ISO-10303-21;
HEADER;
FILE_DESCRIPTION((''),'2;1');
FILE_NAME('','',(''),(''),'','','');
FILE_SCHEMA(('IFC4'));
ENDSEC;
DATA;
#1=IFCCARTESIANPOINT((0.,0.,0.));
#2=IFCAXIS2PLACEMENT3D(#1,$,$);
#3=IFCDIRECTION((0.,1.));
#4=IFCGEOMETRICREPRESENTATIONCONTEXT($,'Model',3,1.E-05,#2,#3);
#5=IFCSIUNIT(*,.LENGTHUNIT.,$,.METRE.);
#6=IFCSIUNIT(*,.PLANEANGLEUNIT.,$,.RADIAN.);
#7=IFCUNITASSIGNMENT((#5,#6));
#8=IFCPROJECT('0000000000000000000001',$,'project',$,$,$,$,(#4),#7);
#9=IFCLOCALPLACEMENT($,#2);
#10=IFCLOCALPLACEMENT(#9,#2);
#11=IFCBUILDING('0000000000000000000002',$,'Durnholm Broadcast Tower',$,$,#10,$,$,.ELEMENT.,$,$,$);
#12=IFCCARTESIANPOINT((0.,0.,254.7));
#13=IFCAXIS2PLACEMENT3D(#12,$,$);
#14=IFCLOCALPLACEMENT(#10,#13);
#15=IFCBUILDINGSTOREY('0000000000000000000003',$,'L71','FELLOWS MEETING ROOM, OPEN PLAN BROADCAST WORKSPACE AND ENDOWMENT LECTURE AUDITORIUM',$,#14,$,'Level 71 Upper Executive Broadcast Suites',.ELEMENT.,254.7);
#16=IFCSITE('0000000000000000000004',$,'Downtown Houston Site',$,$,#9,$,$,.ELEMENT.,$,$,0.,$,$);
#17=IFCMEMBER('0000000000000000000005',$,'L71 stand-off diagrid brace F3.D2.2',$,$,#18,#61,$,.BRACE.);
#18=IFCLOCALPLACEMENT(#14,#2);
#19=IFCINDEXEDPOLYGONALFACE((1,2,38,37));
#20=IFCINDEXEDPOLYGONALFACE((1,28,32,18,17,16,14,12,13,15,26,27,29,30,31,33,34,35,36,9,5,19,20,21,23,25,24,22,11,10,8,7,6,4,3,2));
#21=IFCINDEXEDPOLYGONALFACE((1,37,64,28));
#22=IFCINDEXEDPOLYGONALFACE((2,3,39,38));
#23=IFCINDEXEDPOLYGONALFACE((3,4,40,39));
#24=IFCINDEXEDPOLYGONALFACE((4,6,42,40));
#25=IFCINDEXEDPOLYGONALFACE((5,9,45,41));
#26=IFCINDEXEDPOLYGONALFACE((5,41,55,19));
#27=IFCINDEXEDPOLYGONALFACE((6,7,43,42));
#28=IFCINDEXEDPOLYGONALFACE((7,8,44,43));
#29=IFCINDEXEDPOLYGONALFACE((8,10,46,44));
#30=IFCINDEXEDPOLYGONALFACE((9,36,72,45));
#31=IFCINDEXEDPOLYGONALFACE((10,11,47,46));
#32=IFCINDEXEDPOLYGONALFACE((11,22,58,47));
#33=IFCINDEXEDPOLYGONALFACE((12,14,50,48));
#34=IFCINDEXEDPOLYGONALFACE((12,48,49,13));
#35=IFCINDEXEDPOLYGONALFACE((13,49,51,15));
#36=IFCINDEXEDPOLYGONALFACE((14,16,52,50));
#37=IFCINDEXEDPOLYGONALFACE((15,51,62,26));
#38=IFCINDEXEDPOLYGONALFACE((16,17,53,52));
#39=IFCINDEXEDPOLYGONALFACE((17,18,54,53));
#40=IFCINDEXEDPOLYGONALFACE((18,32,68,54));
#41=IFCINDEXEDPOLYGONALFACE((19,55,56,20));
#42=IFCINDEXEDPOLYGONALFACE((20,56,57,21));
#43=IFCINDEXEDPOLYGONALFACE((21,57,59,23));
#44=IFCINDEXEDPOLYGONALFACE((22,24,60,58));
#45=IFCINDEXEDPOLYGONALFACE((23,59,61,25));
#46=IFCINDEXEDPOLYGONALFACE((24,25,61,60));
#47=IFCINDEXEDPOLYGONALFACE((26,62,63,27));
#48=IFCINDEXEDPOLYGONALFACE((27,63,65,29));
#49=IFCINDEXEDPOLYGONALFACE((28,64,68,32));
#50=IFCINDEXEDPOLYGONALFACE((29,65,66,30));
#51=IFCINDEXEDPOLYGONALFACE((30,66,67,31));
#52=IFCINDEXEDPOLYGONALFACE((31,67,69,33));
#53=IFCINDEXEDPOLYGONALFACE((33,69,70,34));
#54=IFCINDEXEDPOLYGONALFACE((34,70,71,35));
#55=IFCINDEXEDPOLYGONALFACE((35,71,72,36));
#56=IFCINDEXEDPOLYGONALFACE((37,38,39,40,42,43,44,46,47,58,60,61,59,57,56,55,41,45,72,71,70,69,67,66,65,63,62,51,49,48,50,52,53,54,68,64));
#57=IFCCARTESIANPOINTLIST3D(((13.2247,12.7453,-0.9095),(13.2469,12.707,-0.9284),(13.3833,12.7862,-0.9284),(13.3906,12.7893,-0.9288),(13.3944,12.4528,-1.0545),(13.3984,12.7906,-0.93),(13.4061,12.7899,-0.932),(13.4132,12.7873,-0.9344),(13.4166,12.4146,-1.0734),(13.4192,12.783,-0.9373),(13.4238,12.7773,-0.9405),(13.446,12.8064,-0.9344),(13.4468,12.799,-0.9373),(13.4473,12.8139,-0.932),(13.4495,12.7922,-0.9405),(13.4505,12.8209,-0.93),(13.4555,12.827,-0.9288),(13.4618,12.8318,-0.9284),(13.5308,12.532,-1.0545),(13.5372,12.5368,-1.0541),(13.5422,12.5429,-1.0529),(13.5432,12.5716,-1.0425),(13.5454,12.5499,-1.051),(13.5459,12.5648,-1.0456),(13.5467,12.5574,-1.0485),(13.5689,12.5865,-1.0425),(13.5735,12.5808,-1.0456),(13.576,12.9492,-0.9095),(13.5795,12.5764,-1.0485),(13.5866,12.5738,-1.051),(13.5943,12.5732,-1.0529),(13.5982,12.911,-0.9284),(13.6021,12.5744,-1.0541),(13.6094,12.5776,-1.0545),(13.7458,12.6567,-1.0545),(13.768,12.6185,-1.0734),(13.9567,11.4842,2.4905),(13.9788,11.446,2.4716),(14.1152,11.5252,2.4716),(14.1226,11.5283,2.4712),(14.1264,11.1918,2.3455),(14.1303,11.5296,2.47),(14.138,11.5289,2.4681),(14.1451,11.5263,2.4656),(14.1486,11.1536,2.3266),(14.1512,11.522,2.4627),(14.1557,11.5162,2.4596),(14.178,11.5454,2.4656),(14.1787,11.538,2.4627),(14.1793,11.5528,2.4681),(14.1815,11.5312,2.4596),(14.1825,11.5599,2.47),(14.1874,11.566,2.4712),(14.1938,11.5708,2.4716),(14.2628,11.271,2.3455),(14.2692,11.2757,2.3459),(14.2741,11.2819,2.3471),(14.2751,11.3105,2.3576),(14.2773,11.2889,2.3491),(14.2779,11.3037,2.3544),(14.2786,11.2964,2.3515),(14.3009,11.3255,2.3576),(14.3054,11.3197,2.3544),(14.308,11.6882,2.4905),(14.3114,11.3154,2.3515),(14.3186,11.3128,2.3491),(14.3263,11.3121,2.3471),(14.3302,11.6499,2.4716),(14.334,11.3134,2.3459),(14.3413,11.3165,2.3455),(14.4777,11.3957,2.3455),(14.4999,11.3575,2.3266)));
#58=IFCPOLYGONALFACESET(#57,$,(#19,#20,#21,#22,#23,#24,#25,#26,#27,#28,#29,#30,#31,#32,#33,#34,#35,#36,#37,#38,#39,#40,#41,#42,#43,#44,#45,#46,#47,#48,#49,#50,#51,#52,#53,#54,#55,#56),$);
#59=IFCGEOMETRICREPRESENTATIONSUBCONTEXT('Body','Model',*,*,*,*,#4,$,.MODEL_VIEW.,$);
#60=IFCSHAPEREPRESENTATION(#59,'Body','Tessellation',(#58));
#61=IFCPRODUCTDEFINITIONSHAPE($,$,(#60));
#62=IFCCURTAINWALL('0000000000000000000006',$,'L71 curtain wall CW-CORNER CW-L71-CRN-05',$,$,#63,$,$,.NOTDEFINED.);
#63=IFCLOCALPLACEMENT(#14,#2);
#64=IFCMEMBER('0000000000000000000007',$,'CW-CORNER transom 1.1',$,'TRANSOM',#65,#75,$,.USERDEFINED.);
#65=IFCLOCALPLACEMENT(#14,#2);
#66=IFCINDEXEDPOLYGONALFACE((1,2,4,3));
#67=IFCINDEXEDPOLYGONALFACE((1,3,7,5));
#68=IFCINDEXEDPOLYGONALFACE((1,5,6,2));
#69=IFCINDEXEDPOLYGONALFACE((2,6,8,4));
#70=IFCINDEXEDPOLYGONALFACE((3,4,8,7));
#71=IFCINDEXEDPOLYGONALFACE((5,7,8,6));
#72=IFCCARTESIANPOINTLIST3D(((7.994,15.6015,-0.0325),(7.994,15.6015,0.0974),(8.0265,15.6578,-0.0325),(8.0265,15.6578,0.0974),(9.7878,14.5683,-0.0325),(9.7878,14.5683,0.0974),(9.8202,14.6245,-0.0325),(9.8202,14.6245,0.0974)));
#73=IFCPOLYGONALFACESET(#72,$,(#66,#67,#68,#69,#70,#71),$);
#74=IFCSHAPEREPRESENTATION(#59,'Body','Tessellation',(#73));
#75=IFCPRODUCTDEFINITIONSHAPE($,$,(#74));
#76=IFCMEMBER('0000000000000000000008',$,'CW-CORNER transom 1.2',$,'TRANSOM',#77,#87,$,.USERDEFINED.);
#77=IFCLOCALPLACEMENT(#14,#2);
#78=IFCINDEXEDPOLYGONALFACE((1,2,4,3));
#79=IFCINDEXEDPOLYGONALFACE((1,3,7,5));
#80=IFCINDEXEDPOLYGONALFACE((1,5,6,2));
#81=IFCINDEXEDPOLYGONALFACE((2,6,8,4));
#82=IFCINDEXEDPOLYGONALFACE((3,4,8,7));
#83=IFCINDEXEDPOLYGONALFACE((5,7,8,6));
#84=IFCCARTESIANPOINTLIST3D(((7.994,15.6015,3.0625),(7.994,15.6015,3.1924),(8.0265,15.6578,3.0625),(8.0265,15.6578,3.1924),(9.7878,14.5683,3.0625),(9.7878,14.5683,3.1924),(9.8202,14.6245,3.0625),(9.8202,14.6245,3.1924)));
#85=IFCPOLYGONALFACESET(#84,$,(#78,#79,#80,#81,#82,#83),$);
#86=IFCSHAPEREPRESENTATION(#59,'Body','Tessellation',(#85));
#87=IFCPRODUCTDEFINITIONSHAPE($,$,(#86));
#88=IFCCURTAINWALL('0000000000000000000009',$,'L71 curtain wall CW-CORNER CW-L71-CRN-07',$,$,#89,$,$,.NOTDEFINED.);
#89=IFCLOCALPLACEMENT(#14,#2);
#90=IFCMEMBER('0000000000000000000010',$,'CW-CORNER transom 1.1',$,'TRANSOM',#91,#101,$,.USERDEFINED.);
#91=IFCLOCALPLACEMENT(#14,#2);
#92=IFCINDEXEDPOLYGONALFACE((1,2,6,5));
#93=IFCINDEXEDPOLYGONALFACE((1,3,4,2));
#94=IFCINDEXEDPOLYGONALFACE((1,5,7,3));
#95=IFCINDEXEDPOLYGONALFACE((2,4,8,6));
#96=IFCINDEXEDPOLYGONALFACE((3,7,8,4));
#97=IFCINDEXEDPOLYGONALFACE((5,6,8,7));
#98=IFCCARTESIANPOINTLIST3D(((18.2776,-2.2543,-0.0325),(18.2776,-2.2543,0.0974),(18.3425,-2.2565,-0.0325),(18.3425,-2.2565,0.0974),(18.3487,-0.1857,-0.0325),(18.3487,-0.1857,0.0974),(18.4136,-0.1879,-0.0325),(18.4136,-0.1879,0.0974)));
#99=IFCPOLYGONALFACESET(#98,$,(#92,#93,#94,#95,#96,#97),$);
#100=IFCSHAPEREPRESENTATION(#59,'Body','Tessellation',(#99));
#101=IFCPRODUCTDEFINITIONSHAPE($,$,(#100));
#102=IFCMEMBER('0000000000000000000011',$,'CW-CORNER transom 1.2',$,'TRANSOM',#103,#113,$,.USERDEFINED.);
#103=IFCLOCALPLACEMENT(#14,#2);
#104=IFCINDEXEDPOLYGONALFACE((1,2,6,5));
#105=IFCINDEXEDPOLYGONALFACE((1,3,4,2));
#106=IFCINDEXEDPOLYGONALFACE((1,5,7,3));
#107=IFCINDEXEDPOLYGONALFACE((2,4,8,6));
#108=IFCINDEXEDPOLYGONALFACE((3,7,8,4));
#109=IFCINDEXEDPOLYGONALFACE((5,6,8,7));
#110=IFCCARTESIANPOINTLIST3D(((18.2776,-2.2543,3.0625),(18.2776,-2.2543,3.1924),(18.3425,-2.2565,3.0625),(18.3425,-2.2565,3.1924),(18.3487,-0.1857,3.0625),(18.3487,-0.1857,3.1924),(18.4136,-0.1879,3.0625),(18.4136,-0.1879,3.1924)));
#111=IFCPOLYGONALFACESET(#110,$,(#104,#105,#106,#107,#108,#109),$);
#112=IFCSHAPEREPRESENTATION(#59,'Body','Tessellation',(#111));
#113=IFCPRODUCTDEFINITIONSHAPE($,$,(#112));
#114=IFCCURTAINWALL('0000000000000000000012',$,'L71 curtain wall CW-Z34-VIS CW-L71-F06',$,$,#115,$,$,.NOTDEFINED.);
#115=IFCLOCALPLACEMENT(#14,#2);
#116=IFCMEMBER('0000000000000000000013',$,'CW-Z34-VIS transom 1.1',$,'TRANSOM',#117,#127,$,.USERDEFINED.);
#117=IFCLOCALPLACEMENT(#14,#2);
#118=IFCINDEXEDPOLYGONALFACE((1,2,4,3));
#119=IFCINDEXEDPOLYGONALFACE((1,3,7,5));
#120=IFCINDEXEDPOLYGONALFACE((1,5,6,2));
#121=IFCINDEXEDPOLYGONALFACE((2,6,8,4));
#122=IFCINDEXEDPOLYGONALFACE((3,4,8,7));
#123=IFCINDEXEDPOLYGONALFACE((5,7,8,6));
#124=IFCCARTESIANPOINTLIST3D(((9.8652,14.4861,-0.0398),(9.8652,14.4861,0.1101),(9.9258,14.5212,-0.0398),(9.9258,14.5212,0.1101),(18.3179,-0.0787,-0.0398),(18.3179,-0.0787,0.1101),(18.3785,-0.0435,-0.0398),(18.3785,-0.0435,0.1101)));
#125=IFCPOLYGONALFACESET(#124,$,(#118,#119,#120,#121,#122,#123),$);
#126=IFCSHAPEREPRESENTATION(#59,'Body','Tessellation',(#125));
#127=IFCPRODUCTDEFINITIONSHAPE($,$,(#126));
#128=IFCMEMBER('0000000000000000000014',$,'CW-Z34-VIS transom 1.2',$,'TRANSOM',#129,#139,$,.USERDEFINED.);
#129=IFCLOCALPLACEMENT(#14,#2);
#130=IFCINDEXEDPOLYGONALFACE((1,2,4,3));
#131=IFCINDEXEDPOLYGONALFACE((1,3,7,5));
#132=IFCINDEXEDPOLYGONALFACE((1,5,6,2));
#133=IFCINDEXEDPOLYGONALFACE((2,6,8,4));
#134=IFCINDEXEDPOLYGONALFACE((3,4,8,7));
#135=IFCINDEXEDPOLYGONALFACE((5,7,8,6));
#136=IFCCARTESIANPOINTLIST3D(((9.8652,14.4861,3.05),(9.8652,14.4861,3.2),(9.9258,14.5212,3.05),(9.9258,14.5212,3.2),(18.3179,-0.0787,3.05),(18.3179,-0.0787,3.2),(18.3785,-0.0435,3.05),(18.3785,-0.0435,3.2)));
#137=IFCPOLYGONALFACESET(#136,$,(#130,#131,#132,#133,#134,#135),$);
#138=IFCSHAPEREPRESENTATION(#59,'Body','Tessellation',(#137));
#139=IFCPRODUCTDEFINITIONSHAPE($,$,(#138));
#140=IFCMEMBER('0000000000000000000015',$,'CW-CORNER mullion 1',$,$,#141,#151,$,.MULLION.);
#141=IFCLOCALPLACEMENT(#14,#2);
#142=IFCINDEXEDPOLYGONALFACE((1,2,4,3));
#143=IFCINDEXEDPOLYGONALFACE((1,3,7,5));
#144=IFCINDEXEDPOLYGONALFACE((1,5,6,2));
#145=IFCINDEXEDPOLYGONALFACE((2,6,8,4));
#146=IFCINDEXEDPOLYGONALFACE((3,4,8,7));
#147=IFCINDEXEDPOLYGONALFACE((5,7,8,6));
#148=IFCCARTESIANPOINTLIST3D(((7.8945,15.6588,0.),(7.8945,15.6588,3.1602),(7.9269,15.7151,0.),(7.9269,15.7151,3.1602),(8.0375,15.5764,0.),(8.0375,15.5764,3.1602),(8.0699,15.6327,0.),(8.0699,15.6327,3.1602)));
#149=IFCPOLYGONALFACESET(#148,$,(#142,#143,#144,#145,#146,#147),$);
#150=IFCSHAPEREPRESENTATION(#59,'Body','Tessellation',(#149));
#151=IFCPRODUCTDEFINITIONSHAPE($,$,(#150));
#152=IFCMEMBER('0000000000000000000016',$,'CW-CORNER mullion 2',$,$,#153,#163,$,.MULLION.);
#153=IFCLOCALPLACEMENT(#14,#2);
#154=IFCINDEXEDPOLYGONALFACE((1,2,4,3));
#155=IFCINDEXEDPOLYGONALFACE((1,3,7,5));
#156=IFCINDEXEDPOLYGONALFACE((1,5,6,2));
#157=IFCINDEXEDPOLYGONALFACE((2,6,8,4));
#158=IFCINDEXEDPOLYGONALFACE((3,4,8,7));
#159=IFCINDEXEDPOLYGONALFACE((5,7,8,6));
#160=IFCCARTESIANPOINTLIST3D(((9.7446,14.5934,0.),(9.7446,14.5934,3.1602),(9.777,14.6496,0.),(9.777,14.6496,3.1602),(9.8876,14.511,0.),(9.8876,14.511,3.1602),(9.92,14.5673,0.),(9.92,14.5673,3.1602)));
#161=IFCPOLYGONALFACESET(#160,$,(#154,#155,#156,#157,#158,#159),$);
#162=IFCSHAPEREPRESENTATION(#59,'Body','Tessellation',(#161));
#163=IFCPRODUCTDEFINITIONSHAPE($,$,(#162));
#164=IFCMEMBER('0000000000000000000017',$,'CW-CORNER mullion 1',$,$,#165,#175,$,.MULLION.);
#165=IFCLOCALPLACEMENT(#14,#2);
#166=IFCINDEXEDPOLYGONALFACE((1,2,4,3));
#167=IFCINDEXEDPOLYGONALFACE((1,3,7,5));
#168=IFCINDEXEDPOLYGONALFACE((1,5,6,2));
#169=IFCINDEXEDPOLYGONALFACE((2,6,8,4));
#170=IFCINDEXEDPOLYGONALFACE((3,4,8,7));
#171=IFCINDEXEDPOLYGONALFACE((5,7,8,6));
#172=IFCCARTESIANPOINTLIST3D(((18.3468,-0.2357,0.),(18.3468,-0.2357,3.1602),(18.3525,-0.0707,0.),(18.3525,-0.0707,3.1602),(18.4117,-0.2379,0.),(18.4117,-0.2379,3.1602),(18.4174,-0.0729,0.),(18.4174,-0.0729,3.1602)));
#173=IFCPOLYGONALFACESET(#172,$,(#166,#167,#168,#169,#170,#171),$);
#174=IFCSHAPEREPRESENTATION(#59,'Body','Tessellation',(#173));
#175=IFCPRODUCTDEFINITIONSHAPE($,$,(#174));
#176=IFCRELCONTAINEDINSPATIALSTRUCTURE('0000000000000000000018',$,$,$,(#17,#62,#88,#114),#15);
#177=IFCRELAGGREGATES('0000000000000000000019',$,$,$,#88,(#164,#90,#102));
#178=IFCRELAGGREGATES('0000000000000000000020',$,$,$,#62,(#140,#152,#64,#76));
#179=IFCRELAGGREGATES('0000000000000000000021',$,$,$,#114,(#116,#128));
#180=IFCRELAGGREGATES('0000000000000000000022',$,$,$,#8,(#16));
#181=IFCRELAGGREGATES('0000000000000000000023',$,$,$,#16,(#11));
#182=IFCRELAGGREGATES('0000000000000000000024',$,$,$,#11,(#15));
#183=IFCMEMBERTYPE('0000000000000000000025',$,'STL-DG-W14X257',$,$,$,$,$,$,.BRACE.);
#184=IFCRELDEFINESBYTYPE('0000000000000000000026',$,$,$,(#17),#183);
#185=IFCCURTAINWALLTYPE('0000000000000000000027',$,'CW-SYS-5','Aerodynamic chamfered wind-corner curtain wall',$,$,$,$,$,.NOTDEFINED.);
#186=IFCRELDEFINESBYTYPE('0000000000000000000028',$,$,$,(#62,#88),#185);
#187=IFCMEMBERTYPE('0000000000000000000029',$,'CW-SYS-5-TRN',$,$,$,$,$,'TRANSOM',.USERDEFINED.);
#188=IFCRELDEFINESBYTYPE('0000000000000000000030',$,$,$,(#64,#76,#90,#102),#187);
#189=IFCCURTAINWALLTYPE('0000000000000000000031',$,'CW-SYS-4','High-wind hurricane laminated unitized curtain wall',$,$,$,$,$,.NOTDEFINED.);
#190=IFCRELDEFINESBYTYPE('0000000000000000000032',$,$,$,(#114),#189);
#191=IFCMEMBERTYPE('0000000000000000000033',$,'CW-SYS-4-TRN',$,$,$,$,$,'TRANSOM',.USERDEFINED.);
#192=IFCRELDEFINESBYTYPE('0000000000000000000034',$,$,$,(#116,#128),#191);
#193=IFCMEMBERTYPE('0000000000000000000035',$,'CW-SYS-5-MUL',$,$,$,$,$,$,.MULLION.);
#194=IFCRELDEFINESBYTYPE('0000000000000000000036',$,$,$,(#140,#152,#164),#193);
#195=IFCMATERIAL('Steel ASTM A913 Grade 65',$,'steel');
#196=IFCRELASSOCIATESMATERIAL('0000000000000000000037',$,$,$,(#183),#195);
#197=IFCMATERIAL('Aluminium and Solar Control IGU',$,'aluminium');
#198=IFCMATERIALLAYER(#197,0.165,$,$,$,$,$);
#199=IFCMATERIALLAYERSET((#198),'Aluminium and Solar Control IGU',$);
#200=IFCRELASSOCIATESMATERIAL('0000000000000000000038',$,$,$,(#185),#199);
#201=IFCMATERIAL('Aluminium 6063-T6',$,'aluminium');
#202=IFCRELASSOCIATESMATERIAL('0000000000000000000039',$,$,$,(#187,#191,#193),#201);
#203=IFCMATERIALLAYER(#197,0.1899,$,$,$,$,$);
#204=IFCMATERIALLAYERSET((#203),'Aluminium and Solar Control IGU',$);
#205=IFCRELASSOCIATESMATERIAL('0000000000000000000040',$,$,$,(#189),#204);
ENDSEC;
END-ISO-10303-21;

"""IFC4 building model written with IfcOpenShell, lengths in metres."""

from ifc_helpers import new_model, si_unit, direction, frame, origin, origin_2d, place, context, subcontext, project, spatial, rectangle, i_section, extrude, source, transform, mapped, material, layer, layer_set, material_profile, profile_set, type_object, type_shapes, element, aggregate, save


model = new_model("IFC4")

# Units and contexts
model_context = context("Model", 3, precision=1e-05, world=origin(), true_north=direction((0.0, 1.0)))
body_context = subcontext(model_context, "Body", "Model", "MODEL_VIEW")
ifc_project = project(units=[si_unit("LENGTHUNIT", "METRE"), si_unit("PLANEANGLEUNIT", "RADIAN")], contexts=[model_context])

# Site, building, storey
site_placement = place(None, origin())
site = spatial("IfcSite", under=ifc_project, at=site_placement, Name="Downtown Houston Site", CompositionType="ELEMENT", RefElevation=0.0)
building_placement = place(site_placement, origin())
building = spatial("IfcBuilding", under=site, at=building_placement, Name="Durnholm Broadcast Tower", CompositionType="ELEMENT")
storey_placement = place(building_placement, frame((0.0, 0.0, 254.7)))
storey = spatial("IfcBuildingStorey", under=building, at=storey_placement, Name="L71", Description="FELLOWS MEETING ROOM, OPEN PLAN BROADCAST WORKSPACE AND ENDOWMENT LECTURE AUDITORIUM", LongName="Level 71 Upper Executive Broadcast Suites", CompositionType="ELEMENT", Elevation=254.7)

# Member
ifc_material_1 = material(Name="Steel ASTM A913 Grade 65", Category="steel")
ifc_material_profile_1 = material_profile(ifc_material_1, i_section(OverallWidth=0.4062, OverallDepth=0.416, WebThickness=0.0298, FlangeThickness=0.0481, FilletRadius=0.0305, at=origin_2d()), Name="W14X257")
ifc_profile_set_1 = profile_set([ifc_material_profile_1], Name="Steel ASTM A913 Grade 65")
member_type_1 = type_object("IfcMemberType", Name="STL-DG-W14X257", PredefinedType="BRACE", material=ifc_profile_set_1)
shared_shape_1 = source(origin(), body_context, "Body", "SweptSolid", [
    extrude(i_section(OverallWidth=0.4062, OverallDepth=0.416, WebThickness=0.0298, FlangeThickness=0.0481, FilletRadius=0.0305, at=origin_2d()), origin(), (0.0, 0.0, 1.0), 3.6995),
])
type_shapes(member_type_1, [shared_shape_1])
for number, where, z_axis, x_axis, name in (
    (1, (13.4963, 12.6819, -0.9915), (0.197855, -0.340868, 0.919055), (0.864864, 0.502006, 0.0), "L71 stand-off diagrid brace F3.D2.2"),
):
    element("IfcMember", number, at=place(storey_placement, frame(where, z_axis=z_axis, x_axis=x_axis)), inside=storey, type_object=member_type_1, Name=name, PredefinedType="BRACE", context=body_context, shape_type="MappedRepresentation", body=[
        mapped(shared_shape_1, transform((0.0, 0.0, 0.0), x_axis=(1.0, 0.0, 0.0), y_axis=(0.0, 1.0, 0.0), z_axis=(0.0, 0.0, 1.0), scale=1.0)),
    ])

# Curtain walls, members
ifc_material_2 = material(Name="Aluminium and Solar Control IGU", Category="aluminium")
ifc_layer_1 = layer(ifc_material_2, 0.165)
ifc_layer_set_1 = layer_set([ifc_layer_1], Name="Aluminium and Solar Control IGU")
curtain_wall_type_1 = type_object("IfcCurtainWallType", Name="CW-SYS-5", Description="Aerodynamic chamfered wind-corner curtain wall", PredefinedType="NOTDEFINED", material=ifc_layer_set_1)
curtain_wall_1_placement = place(storey_placement, origin())
curtain_wall_1 = element("IfcCurtainWall", 2, at=curtain_wall_1_placement, inside=storey, type_object=curtain_wall_type_1, Name="L71 curtain wall CW-CORNER CW-L71-CRN-05", PredefinedType="NOTDEFINED")
ifc_material_3 = material(Name="Aluminium 6063-T6", Category="aluminium")
ifc_material_profile_2 = material_profile(ifc_material_3, rectangle(XDim=0.0649, YDim=0.1299, at=origin_2d()), Name="CWT65X130")
ifc_profile_set_2 = profile_set([ifc_material_profile_2], Name="Aluminium 6063-T6")
member_type_2 = type_object("IfcMemberType", Name="CW-SYS-5-TRN", ElementType="TRANSOM", PredefinedType="USERDEFINED", material=ifc_profile_set_2)
shared_shape_2 = source(origin(), body_context, "Body", "SweptSolid", [
    extrude(rectangle(XDim=0.0649, YDim=0.1299, at=origin_2d()), origin(), (0.0, 0.0, 1.0), 2.0701),
])
member_1_placement = place(storey_placement, frame((8.0103, 15.6296, 0.0325), z_axis=(0.866525, -0.499134, 0.0), x_axis=(0.499134, 0.866525, 0.0)))
member_1 = element("IfcMember", 3, at=member_1_placement, type_object=member_type_2, Name="CW-CORNER transom 1.1", ObjectType="TRANSOM", PredefinedType="USERDEFINED", context=body_context, shape_type="MappedRepresentation", body=[
    mapped(shared_shape_2, transform((0.0, 0.0, 0.0), x_axis=(1.0, 0.0, 0.0), y_axis=(0.0, 1.0, 0.0), z_axis=(0.0, 0.0, 1.0), scale=1.0)),
])
member_2_placement = place(storey_placement, frame((8.0103, 15.6296, 3.1274), z_axis=(0.866525, -0.499134, 0.0), x_axis=(0.499134, 0.866525, 0.0)))
member_2 = element("IfcMember", 4, at=member_2_placement, type_object=member_type_2, Name="CW-CORNER transom 1.2", ObjectType="TRANSOM", PredefinedType="USERDEFINED", context=body_context, shape_type="MappedRepresentation", body=[
    mapped(shared_shape_2, transform((0.0, 0.0, 0.0), x_axis=(1.0, 0.0, 0.0), y_axis=(0.0, 1.0, 0.0), z_axis=(0.0, 0.0, 1.0), scale=1.0)),
])
curtain_wall_2_placement = place(storey_placement, origin())
curtain_wall_2 = element("IfcCurtainWall", 5, at=curtain_wall_2_placement, inside=storey, type_object=curtain_wall_type_1, Name="L71 curtain wall CW-CORNER CW-L71-CRN-07", PredefinedType="NOTDEFINED")
shared_shape_3 = source(origin(), body_context, "Body", "SweptSolid", [
    extrude(rectangle(XDim=0.0649, YDim=0.1299, at=origin_2d()), origin(), (0.0, 0.0, 1.0), 2.0698),
])
type_shapes(member_type_2, [shared_shape_2, shared_shape_3])
member_3_placement = place(storey_placement, frame((18.3811, -0.1868, 0.0325), z_axis=(-0.034324, -0.999411, 0.0), x_axis=(0.999411, -0.034324, 0.0)))
member_3 = element("IfcMember", 6, at=member_3_placement, type_object=member_type_2, Name="CW-CORNER transom 1.1", ObjectType="TRANSOM", PredefinedType="USERDEFINED", context=body_context, shape_type="MappedRepresentation", body=[
    mapped(shared_shape_3, transform((0.0, 0.0, 0.0), x_axis=(1.0, 0.0, 0.0), y_axis=(0.0, 1.0, 0.0), z_axis=(0.0, 0.0, 1.0), scale=1.0)),
])
member_4_placement = place(storey_placement, frame((18.3811, -0.1868, 3.1274), z_axis=(-0.034324, -0.999411, 0.0), x_axis=(0.999411, -0.034324, 0.0)))
member_4 = element("IfcMember", 7, at=member_4_placement, type_object=member_type_2, Name="CW-CORNER transom 1.2", ObjectType="TRANSOM", PredefinedType="USERDEFINED", context=body_context, shape_type="MappedRepresentation", body=[
    mapped(shared_shape_3, transform((0.0, 0.0, 0.0), x_axis=(1.0, 0.0, 0.0), y_axis=(0.0, 1.0, 0.0), z_axis=(0.0, 0.0, 1.0), scale=1.0)),
])
ifc_layer_2 = layer(ifc_material_2, 0.1899)
ifc_layer_set_2 = layer_set([ifc_layer_2], Name="Aluminium and Solar Control IGU")
curtain_wall_type_2 = type_object("IfcCurtainWallType", Name="CW-SYS-4", Description="High-wind hurricane laminated unitized curtain wall", PredefinedType="NOTDEFINED", material=ifc_layer_set_2)
curtain_wall_3_placement = place(storey_placement, origin())
curtain_wall_3 = element("IfcCurtainWall", 8, at=curtain_wall_3_placement, inside=storey, type_object=curtain_wall_type_2, Name="L71 curtain wall CW-Z34-VIS CW-L71-F06", PredefinedType="NOTDEFINED")
ifc_material_profile_3 = material_profile(ifc_material_3, rectangle(XDim=0.0701, YDim=0.1499, at=origin_2d()), Name="CWT70X150")
ifc_profile_set_3 = profile_set([ifc_material_profile_3], Name="Aluminium 6063-T6")
member_type_3 = type_object("IfcMemberType", Name="CW-SYS-4-TRN", ElementType="TRANSOM", PredefinedType="USERDEFINED", material=ifc_profile_set_3)
shared_shape_4 = source(origin(), body_context, "Body", "SweptSolid", [
    extrude(rectangle(XDim=0.0701, YDim=0.1499, at=origin_2d()), origin(), (0.0, 0.0, 1.0), 16.8398),
])
type_shapes(member_type_3, [shared_shape_4])
member_5_placement = place(storey_placement, frame((9.8955, 14.5037, 0.0352), z_axis=(0.501945, -0.864899, 0.0), x_axis=(0.864899, 0.501945, 0.0)))
member_5 = element("IfcMember", 9, at=member_5_placement, type_object=member_type_3, Name="CW-Z34-VIS transom 1.1", ObjectType="TRANSOM", PredefinedType="USERDEFINED", context=body_context, shape_type="MappedRepresentation", body=[
    mapped(shared_shape_4, transform((0.0, 0.0, 0.0), x_axis=(1.0, 0.0, 0.0), y_axis=(0.0, 1.0, 0.0), z_axis=(0.0, 0.0, 1.0), scale=1.0)),
])
member_6_placement = place(storey_placement, frame((9.8955, 14.5037, 3.125), z_axis=(0.501945, -0.864899, 0.0), x_axis=(0.864899, 0.501945, 0.0)))
member_6 = element("IfcMember", 10, at=member_6_placement, type_object=member_type_3, Name="CW-Z34-VIS transom 1.2", ObjectType="TRANSOM", PredefinedType="USERDEFINED", context=body_context, shape_type="MappedRepresentation", body=[
    mapped(shared_shape_4, transform((0.0, 0.0, 0.0), x_axis=(1.0, 0.0, 0.0), y_axis=(0.0, 1.0, 0.0), z_axis=(0.0, 0.0, 1.0), scale=1.0)),
])

# Members
ifc_material_profile_4 = material_profile(ifc_material_3, rectangle(XDim=0.0649, YDim=0.165, at=origin_2d()), Name="CWM65X165")
ifc_profile_set_4 = profile_set([ifc_material_profile_4], Name="Aluminium 6063-T6")
member_type_4 = type_object("IfcMemberType", Name="CW-SYS-5-MUL", PredefinedType="MULLION", material=ifc_profile_set_4)
shared_shape_5 = source(origin(), body_context, "Body", "SweptSolid", [
    extrude(rectangle(XDim=0.0649, YDim=0.165, at=origin_2d()), origin(), (0.0, 0.0, 1.0), 3.1602),
])
type_shapes(member_type_4, [shared_shape_5])
member_7_placement = place(storey_placement, frame((7.9822, 15.6458, 0.0), z_axis=(0.0, 0.0, 1.0), x_axis=(0.499059, 0.866568, 0.0)))
member_7 = element("IfcMember", 11, at=member_7_placement, type_object=member_type_4, Name="CW-CORNER mullion 1", PredefinedType="MULLION", context=body_context, shape_type="MappedRepresentation", body=[
    mapped(shared_shape_5, transform((0.0, 0.0, 0.0), x_axis=(1.0, 0.0, 0.0), y_axis=(0.0, 1.0, 0.0), z_axis=(0.0, 0.0, 1.0), scale=1.0)),
])
member_8_placement = place(storey_placement, frame((9.8323, 14.5803, 0.0), z_axis=(0.0, 0.0, 1.0), x_axis=(0.499059, 0.866568, 0.0)))
member_8 = element("IfcMember", 12, at=member_8_placement, type_object=member_type_4, Name="CW-CORNER mullion 2", PredefinedType="MULLION", context=body_context, shape_type="MappedRepresentation", body=[
    mapped(shared_shape_5, transform((0.0, 0.0, 0.0), x_axis=(1.0, 0.0, 0.0), y_axis=(0.0, 1.0, 0.0), z_axis=(0.0, 0.0, 1.0), scale=1.0)),
])
member_9_placement = place(storey_placement, frame((18.3821, -0.1543, 0.0), z_axis=(0.0, 0.0, 1.0), x_axis=(0.999411, -0.034318, 0.0)))
member_9 = element("IfcMember", 13, at=member_9_placement, type_object=member_type_4, Name="CW-CORNER mullion 1", PredefinedType="MULLION", context=body_context, shape_type="MappedRepresentation", body=[
    mapped(shared_shape_5, transform((0.0, 0.0, 0.0), x_axis=(1.0, 0.0, 0.0), y_axis=(0.0, 1.0, 0.0), z_axis=(0.0, 0.0, 1.0), scale=1.0)),
])
aggregate(curtain_wall_2, [member_9, member_3, member_4])

aggregate(curtain_wall_1, [member_7, member_8, member_1, member_2])
aggregate(curtain_wall_3, [member_5, member_6])

save(model, "model.ifc")
